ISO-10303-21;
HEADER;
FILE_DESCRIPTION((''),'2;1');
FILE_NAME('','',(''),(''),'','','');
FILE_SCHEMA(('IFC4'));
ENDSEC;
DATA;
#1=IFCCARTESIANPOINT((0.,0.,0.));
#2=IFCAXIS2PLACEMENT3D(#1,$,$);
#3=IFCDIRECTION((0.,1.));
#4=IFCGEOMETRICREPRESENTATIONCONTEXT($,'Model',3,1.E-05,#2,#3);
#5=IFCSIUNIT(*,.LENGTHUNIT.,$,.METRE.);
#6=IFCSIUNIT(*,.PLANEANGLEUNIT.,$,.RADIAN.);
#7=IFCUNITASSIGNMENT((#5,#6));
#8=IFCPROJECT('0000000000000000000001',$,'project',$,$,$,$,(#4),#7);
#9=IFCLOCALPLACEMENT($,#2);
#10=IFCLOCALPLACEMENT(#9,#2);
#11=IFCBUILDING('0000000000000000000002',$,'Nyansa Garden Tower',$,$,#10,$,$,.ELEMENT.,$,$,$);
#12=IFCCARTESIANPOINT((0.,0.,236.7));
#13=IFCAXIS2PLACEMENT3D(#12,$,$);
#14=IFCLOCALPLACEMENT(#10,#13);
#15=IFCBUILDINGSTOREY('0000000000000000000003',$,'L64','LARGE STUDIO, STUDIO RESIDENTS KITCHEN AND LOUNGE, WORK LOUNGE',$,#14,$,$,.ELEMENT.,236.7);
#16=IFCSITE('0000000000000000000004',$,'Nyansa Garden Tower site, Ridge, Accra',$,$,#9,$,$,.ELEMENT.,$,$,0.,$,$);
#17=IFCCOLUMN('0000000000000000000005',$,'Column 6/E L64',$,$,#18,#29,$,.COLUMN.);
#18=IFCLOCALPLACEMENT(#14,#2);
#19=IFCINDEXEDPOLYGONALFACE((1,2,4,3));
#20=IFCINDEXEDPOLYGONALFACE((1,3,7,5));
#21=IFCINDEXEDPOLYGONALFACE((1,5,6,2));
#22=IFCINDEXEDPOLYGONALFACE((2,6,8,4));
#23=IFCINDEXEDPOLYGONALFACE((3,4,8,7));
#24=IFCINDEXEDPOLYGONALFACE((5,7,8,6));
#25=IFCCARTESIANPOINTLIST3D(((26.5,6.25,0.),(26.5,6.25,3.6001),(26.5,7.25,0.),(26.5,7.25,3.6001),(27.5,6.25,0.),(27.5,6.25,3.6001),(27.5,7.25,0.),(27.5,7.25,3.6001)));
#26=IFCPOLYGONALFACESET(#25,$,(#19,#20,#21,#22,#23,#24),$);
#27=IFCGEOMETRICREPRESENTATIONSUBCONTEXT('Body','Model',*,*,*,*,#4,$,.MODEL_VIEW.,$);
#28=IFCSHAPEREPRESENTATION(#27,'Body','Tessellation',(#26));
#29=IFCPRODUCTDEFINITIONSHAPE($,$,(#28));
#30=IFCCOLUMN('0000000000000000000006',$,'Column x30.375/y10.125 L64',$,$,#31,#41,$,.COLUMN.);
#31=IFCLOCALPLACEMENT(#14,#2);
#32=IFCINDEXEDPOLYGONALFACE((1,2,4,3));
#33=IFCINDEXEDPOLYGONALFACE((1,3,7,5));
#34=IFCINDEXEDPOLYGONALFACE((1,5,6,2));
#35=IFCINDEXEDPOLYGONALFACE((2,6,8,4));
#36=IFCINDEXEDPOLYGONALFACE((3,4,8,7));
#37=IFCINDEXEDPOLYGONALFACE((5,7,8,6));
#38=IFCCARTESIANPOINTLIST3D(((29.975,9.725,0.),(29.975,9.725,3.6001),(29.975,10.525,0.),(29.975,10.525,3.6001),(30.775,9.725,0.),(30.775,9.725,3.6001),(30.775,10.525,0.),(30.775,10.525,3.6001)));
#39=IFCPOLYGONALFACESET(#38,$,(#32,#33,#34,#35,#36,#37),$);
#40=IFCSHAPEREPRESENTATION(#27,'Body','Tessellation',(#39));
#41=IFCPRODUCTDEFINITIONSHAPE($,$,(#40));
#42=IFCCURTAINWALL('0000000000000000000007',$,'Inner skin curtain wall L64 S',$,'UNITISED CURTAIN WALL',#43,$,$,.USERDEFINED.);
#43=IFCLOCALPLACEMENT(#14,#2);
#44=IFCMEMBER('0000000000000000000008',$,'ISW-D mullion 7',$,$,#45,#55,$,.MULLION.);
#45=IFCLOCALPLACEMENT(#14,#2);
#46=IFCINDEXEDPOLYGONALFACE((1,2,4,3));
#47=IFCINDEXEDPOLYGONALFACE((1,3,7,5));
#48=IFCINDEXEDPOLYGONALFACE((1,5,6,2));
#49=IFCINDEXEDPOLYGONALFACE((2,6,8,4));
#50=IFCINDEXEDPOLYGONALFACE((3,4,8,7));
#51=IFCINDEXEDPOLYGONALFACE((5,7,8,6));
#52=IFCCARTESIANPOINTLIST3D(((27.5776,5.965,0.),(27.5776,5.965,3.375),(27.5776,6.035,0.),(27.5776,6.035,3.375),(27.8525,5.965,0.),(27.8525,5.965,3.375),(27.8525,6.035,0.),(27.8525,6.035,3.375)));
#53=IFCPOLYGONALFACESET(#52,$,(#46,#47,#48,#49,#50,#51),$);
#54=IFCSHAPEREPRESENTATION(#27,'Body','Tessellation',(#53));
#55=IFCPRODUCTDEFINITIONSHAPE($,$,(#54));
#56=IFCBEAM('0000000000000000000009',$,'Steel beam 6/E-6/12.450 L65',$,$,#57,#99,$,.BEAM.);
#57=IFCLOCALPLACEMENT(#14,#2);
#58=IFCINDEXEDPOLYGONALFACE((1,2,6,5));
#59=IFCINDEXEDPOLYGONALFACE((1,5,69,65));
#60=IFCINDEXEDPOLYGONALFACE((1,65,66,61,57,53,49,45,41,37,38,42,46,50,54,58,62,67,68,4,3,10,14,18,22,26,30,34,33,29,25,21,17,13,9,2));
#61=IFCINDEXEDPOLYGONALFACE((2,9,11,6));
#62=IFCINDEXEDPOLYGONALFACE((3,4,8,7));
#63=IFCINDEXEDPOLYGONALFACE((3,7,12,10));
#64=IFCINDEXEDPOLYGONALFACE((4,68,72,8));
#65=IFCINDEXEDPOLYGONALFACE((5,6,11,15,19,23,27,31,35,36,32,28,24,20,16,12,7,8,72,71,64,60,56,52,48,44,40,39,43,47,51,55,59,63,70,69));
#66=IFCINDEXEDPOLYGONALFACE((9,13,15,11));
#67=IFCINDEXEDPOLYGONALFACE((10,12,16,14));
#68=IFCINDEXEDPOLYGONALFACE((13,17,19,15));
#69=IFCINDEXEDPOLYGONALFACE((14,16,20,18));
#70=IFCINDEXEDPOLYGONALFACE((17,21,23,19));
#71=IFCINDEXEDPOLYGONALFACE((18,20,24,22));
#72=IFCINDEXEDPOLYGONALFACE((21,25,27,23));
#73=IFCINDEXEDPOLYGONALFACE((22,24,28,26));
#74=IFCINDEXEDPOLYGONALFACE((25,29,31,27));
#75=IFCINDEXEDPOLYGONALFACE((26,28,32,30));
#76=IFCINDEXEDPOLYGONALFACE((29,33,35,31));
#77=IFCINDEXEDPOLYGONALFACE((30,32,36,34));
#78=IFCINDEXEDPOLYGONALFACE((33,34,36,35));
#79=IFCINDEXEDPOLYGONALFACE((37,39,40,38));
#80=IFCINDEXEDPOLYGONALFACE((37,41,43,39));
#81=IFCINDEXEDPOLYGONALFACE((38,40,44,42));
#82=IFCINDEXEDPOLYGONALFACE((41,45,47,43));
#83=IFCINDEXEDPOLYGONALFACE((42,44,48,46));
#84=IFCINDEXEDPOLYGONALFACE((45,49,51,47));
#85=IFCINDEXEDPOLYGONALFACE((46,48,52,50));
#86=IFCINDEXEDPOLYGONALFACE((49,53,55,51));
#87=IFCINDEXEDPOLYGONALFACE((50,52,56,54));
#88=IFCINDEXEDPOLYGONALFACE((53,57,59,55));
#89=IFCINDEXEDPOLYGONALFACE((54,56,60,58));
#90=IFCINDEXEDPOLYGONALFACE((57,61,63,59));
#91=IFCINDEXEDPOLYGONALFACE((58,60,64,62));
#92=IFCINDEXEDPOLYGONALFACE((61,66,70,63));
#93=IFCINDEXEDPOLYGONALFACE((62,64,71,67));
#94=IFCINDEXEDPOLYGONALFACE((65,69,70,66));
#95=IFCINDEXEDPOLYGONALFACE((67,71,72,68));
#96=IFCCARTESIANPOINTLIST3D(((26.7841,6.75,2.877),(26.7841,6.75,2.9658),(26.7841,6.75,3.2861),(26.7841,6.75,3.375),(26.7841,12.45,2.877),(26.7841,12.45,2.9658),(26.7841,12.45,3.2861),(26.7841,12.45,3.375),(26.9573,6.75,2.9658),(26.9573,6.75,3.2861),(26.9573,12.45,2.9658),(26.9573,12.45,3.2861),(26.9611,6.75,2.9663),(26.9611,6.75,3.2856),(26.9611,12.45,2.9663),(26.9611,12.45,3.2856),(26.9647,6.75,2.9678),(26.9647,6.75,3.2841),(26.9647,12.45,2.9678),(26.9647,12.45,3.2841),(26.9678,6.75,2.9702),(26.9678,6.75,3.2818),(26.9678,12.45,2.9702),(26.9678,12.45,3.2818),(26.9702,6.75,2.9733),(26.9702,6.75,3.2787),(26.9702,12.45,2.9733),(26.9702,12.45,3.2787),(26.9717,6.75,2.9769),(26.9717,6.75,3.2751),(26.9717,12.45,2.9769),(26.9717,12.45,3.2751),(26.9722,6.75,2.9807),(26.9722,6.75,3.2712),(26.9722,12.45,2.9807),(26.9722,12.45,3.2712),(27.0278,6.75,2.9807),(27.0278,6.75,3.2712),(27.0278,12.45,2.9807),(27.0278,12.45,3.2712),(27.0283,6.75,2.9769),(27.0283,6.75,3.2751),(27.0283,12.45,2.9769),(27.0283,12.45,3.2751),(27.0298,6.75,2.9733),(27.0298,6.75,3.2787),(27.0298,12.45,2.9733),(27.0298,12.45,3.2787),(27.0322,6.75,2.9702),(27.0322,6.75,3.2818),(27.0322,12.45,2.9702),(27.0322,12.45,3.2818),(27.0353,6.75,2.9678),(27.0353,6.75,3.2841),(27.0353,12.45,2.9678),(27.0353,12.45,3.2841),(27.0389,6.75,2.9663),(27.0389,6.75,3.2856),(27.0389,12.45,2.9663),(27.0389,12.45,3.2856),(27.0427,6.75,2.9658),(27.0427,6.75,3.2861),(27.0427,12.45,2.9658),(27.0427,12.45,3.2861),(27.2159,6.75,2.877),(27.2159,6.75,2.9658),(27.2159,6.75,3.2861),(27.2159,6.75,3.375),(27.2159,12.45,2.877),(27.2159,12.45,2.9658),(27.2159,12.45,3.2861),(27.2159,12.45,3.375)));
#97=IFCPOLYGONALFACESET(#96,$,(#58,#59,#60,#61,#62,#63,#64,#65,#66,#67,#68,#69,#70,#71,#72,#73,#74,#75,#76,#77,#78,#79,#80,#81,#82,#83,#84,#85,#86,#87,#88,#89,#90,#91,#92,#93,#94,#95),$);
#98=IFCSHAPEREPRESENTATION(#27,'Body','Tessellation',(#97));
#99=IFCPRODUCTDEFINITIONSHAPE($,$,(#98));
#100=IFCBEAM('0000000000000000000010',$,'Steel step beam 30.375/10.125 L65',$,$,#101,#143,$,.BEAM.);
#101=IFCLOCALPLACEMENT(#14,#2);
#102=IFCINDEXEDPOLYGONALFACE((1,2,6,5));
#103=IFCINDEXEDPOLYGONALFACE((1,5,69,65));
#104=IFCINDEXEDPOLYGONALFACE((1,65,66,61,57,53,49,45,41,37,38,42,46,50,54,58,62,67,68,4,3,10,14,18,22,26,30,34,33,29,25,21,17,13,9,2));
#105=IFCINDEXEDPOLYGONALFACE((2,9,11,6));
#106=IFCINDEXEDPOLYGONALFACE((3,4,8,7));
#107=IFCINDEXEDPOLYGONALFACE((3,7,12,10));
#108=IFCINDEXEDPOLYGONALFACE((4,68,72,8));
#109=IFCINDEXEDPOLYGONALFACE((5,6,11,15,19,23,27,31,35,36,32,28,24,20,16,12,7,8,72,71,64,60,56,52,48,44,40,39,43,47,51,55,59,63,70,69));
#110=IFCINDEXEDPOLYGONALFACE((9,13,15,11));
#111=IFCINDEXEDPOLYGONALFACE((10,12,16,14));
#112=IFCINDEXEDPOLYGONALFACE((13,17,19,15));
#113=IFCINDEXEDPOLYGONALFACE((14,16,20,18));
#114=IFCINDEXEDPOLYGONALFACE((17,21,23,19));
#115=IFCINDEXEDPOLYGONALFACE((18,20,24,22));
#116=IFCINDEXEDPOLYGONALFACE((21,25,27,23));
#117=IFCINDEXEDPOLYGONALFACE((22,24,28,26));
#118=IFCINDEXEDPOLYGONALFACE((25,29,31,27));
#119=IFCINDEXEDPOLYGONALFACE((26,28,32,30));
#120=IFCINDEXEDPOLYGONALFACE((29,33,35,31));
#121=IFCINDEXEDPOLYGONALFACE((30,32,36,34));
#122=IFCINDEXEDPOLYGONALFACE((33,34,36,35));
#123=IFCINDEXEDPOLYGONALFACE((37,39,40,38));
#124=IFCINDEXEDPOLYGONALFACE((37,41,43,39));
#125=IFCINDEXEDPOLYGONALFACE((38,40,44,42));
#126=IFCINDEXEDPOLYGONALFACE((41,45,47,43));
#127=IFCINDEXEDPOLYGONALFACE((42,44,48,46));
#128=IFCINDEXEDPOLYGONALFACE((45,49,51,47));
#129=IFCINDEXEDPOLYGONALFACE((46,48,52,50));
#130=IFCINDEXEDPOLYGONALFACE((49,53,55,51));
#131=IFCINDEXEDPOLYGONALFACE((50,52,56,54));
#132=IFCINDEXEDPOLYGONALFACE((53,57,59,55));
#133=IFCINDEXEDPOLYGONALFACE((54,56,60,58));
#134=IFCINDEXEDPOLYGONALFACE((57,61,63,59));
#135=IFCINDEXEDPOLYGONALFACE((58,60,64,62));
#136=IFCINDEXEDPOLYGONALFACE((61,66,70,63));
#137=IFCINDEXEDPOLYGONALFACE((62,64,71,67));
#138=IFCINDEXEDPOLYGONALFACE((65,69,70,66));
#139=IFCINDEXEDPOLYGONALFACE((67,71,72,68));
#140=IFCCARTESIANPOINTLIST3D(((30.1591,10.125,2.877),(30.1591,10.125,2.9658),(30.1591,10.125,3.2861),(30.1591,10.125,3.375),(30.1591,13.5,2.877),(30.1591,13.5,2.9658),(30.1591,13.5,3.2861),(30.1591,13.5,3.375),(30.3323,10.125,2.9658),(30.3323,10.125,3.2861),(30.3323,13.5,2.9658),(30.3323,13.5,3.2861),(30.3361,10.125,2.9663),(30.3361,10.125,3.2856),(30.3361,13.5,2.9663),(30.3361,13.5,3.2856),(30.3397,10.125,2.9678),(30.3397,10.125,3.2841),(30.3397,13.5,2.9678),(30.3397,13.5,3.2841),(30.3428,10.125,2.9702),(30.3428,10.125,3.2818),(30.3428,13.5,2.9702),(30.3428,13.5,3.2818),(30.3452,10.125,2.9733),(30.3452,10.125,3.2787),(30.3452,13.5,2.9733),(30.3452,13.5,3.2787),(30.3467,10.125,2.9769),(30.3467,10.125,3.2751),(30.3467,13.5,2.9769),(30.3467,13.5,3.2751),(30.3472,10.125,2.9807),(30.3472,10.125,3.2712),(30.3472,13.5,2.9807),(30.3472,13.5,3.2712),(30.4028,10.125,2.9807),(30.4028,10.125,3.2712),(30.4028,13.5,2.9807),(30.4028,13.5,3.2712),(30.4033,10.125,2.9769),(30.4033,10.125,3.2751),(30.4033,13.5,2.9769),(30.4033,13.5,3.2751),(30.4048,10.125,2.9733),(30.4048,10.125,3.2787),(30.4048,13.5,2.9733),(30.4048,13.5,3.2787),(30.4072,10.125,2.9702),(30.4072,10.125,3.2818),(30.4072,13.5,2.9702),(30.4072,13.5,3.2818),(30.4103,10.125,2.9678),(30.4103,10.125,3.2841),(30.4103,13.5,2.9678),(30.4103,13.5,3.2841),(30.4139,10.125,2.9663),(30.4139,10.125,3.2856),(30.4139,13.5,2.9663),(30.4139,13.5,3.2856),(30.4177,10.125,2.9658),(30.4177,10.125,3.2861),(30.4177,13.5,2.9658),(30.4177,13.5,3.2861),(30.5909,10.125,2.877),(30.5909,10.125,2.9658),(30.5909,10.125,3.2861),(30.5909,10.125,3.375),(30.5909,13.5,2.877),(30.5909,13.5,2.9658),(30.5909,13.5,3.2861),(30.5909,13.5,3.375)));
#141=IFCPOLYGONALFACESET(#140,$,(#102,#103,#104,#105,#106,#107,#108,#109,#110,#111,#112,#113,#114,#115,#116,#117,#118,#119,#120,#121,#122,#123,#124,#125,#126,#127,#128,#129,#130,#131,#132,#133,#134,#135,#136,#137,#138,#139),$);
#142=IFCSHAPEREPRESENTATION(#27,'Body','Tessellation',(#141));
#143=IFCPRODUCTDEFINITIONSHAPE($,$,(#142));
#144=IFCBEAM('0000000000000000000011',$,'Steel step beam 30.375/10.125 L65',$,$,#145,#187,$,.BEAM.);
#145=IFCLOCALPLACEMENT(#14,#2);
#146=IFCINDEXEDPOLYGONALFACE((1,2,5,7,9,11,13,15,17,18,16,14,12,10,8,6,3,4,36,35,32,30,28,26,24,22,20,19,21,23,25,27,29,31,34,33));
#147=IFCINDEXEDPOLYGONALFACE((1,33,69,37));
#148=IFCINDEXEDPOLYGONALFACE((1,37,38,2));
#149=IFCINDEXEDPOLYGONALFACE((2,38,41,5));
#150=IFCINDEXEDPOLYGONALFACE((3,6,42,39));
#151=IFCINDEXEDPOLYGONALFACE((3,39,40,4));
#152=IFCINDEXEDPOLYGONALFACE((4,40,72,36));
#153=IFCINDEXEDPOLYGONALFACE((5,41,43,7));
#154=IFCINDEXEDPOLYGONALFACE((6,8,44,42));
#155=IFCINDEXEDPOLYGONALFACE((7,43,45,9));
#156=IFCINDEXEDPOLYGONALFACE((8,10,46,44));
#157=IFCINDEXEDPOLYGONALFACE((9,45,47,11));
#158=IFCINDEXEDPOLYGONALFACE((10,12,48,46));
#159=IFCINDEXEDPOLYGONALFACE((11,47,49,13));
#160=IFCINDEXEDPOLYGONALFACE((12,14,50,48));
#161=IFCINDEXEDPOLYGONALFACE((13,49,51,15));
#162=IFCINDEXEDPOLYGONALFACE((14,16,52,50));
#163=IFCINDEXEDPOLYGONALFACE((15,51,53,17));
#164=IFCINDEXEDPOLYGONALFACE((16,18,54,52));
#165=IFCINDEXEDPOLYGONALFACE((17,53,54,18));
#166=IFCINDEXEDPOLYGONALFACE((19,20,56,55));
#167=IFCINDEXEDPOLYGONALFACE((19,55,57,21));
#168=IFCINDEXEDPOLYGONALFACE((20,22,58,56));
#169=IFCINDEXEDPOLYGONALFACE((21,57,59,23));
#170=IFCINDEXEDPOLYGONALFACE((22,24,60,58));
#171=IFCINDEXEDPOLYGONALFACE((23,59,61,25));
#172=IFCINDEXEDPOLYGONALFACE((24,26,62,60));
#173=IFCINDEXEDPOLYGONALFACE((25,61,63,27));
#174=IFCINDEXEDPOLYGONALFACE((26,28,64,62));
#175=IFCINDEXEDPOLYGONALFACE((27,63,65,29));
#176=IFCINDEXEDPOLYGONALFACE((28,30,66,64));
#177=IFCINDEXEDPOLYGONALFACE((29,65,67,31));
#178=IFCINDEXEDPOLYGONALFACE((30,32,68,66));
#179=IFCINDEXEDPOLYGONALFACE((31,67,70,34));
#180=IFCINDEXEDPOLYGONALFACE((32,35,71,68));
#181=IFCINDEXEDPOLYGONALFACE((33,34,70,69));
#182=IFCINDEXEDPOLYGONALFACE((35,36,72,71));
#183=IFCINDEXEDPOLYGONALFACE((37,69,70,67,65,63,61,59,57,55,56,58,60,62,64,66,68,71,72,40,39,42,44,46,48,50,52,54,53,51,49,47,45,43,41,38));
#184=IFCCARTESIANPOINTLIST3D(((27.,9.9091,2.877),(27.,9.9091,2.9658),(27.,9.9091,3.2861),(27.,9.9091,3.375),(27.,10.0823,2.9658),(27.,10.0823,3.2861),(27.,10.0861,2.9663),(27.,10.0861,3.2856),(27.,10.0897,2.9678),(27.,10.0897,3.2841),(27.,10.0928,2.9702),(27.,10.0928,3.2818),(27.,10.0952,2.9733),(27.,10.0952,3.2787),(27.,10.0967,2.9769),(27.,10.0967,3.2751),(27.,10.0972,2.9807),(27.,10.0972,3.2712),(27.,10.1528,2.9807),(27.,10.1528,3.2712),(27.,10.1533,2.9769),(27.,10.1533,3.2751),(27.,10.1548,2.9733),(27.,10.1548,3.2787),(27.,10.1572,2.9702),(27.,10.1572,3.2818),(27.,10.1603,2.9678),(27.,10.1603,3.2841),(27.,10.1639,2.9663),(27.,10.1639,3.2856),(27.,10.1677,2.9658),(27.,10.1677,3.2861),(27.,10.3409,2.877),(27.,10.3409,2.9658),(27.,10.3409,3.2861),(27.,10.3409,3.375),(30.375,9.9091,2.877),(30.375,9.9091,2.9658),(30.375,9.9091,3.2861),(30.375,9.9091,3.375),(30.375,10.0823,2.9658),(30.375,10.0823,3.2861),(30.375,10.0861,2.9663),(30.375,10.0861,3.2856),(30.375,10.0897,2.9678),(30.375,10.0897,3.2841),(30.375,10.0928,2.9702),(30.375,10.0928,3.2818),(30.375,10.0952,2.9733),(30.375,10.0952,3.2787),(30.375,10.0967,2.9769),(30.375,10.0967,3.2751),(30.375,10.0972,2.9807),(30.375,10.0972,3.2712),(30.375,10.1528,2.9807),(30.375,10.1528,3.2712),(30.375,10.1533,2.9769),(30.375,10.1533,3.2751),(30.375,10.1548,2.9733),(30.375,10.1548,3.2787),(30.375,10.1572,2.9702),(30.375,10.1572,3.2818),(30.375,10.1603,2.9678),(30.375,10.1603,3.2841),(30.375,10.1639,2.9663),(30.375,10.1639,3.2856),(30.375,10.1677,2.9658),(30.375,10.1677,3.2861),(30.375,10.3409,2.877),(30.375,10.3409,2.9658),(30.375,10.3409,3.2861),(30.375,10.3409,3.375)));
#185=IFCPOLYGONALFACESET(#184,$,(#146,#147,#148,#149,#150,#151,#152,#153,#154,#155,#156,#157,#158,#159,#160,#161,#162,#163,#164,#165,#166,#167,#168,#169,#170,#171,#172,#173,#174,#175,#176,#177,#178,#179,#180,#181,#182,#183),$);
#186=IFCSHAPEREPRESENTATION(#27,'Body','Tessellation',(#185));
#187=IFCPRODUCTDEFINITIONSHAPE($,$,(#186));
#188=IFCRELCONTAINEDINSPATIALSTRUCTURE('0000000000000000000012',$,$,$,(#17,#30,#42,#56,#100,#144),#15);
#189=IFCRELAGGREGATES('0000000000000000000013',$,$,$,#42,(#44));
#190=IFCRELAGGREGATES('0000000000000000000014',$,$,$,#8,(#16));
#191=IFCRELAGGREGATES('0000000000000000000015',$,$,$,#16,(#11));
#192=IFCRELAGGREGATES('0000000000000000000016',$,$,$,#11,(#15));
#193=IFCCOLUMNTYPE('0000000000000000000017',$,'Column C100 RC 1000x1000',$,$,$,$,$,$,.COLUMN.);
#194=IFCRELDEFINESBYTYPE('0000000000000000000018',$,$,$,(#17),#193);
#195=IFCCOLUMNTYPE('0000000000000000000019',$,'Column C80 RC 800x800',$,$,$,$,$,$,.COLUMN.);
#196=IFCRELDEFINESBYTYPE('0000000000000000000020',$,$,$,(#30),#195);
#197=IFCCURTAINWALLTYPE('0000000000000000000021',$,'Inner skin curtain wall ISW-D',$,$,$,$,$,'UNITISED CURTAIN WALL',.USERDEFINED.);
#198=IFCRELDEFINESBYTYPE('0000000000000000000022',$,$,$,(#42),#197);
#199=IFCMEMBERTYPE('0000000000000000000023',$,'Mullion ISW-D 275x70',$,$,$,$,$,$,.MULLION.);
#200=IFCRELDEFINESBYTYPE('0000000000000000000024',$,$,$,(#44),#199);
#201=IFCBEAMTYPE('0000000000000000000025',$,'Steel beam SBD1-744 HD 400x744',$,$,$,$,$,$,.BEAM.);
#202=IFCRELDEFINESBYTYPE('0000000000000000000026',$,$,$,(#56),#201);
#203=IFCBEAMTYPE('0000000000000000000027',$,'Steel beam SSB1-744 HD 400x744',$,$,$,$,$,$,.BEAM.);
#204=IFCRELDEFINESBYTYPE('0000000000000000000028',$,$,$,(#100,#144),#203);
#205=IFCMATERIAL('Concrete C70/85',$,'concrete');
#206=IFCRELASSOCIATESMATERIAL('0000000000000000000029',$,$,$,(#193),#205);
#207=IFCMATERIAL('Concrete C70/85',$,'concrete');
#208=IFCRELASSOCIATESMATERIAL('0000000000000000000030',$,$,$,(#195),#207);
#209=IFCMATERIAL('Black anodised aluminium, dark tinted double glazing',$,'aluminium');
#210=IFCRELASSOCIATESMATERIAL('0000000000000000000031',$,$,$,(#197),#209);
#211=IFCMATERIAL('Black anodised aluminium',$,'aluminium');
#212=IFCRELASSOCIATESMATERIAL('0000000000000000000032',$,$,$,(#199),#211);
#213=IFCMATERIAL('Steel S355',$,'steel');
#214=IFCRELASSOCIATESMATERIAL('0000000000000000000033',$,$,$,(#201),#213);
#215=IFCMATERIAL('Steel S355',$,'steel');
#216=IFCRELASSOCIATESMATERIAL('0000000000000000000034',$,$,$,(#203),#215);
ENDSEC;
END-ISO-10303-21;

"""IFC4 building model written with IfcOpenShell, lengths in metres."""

from ifc_helpers import new_model, si_unit, direction, frame, origin, origin_2d, place, context, subcontext, project, spatial, rectangle, i_section, extrude, material, material_profile, profile_set, type_object, element, aggregate, save


model = new_model("IFC4")

# Units and contexts
model_context = context("Model", 3, precision=1e-05, world=origin(), true_north=direction((0.0, 1.0)))
body_context = subcontext(model_context, "Body", "Model", "MODEL_VIEW")
ifc_project = project(units=[si_unit("LENGTHUNIT", "METRE"), si_unit("PLANEANGLEUNIT", "RADIAN")], contexts=[model_context])

# Site, building, storey
site_placement = place(None, origin())
site = spatial("IfcSite", under=ifc_project, at=site_placement, Name="Nyansa Garden Tower site, Ridge, Accra", CompositionType="ELEMENT", RefElevation=0.0)
building_placement = place(site_placement, origin())
building = spatial("IfcBuilding", under=site, at=building_placement, Name="Nyansa Garden Tower", CompositionType="ELEMENT")
storey_placement = place(building_placement, frame((0.0, 0.0, 236.7)))
storey = spatial("IfcBuildingStorey", under=building, at=storey_placement, Name="L64", Description="LARGE STUDIO, STUDIO RESIDENTS KITCHEN AND LOUNGE, WORK LOUNGE", CompositionType="ELEMENT", Elevation=236.7)

# Columns
ifc_material_1 = material(Name="Concrete C70/85", Category="concrete")
ifc_material_profile_1 = material_profile(ifc_material_1, rectangle(XDim=1.0, YDim=1.0, at=origin_2d()), Name="RC 1000x1000")
ifc_profile_set_1 = profile_set([ifc_material_profile_1], Name="Concrete C70/85")
column_type_1 = type_object("IfcColumnType", Name="Column C100 RC 1000x1000", PredefinedType="COLUMN", material=ifc_profile_set_1)
column_1_placement = place(storey_placement, frame((27.0, 6.75, 0.0), z_axis=(0.0, 0.0, 1.0), x_axis=(1.0, 0.0, 0.0)))
element("IfcColumn", 1, at=column_1_placement, inside=storey, type_object=column_type_1, Name="Column 6/E L64", PredefinedType="COLUMN", context=body_context, shape_type="SweptSolid", body=[
    extrude(rectangle(XDim=1.0, YDim=1.0, at=origin_2d()), origin(), (0.0, 0.0, 1.0), 3.6001),
])
ifc_material_2 = material(Name="Concrete C70/85", Category="concrete")
ifc_material_profile_2 = material_profile(ifc_material_2, rectangle(XDim=0.8, YDim=0.8, at=origin_2d()), Name="RC 800x800")
ifc_profile_set_2 = profile_set([ifc_material_profile_2], Name="Concrete C70/85")
column_type_2 = type_object("IfcColumnType", Name="Column C80 RC 800x800", PredefinedType="COLUMN", material=ifc_profile_set_2)
column_2_placement = place(storey_placement, frame((30.375, 10.125, 0.0), z_axis=(0.0, 0.0, 1.0), x_axis=(1.0, 0.0, 0.0)))
element("IfcColumn", 2, at=column_2_placement, inside=storey, type_object=column_type_2, Name="Column x30.375/y10.125 L64", PredefinedType="COLUMN", context=body_context, shape_type="SweptSolid", body=[
    extrude(rectangle(XDim=0.8, YDim=0.8, at=origin_2d()), origin(), (0.0, 0.0, 1.0), 3.6001),
])

# Curtain wall, member
ifc_material_3 = material(Name="Black anodised aluminium, dark tinted double glazing", Category="aluminium")
curtain_wall_type = type_object("IfcCurtainWallType", Name="Inner skin curtain wall ISW-D", ElementType="UNITISED CURTAIN WALL", PredefinedType="USERDEFINED", material=ifc_material_3)
curtain_wall_placement = place(storey_placement, origin())
curtain_wall = element("IfcCurtainWall", 3, at=curtain_wall_placement, inside=storey, type_object=curtain_wall_type, Name="Inner skin curtain wall L64 S", ObjectType="UNITISED CURTAIN WALL", PredefinedType="USERDEFINED")
ifc_material_4 = material(Name="Black anodised aluminium", Category="aluminium")
ifc_material_profile_3 = material_profile(ifc_material_4, rectangle(XDim=0.0701, YDim=0.2749, at=origin_2d()), Name="Mullion 275x70")
ifc_profile_set_3 = profile_set([ifc_material_profile_3], Name="Black anodised aluminium")
member_type = type_object("IfcMemberType", Name="Mullion ISW-D 275x70", PredefinedType="MULLION", material=ifc_profile_set_3)
member_placement = place(storey_placement, frame((27.7151, 6.0, 0.0), z_axis=(0.0, 0.0, 1.0), x_axis=(0.0, 1.0, 0.0)))
member = element("IfcMember", 4, at=member_placement, type_object=member_type, Name="ISW-D mullion 7", PredefinedType="MULLION", context=body_context, shape_type="SweptSolid", body=[
    extrude(rectangle(XDim=0.0701, YDim=0.2749, at=origin_2d()), origin(), (0.0, 0.0, 1.0), 3.375),
])

# Beams
ifc_material_5 = material(Name="Steel S355", Category="steel")
ifc_material_profile_4 = material_profile(ifc_material_5, i_section(OverallWidth=0.4319, OverallDepth=0.498, WebThickness=0.0557, FlangeThickness=0.0889, FilletRadius=0.0149, at=origin_2d()), Name="HD 400x744")
ifc_profile_set_4 = profile_set([ifc_material_profile_4], Name="Steel S355")
beam_type_1 = type_object("IfcBeamType", Name="Steel beam SBD1-744 HD 400x744", PredefinedType="BEAM", material=ifc_profile_set_4)
beam_placement = place(storey_placement, frame((27.0, 6.75, 3.126), z_axis=(0.0, 1.0, 0.0), x_axis=(-1.0, 0.0, 0.0)))
element("IfcBeam", 5, at=beam_placement, inside=storey, type_object=beam_type_1, Name="Steel beam 6/E-6/12.450 L65", PredefinedType="BEAM", context=body_context, shape_type="SweptSolid", body=[
    extrude(i_section(OverallWidth=0.4319, OverallDepth=0.498, WebThickness=0.0557, FlangeThickness=0.0889, FilletRadius=0.0149, at=origin_2d()), origin(), (0.0, 0.0, 1.0), 5.7),
])
ifc_material_6 = material(Name="Steel S355", Category="steel")
ifc_material_profile_5 = material_profile(ifc_material_6, i_section(OverallWidth=0.4319, OverallDepth=0.498, WebThickness=0.0557, FlangeThickness=0.0889, FilletRadius=0.0149, at=origin_2d()), Name="HD 400x744")
ifc_profile_set_5 = profile_set([ifc_material_profile_5], Name="Steel S355")
beam_type_2 = type_object("IfcBeamType", Name="Steel beam SSB1-744 HD 400x744", PredefinedType="BEAM", material=ifc_profile_set_5)
for number, where, z_axis, x_axis, name in (
    (6, (30.375, 10.125, 3.126), (0.0, 1.0, 0.0), (-1.0, 0.0, 0.0), "Steel step beam 30.375/10.125 L65"),
    (7, (30.375, 10.125, 3.126), (-1.0, 0.0, 0.0), (0.0, -1.0, 0.0), "Steel step beam 30.375/10.125 L65"),
):
    element("IfcBeam", number, at=place(storey_placement, frame(where, z_axis=z_axis, x_axis=x_axis)), inside=storey, type_object=beam_type_2, Name=name, PredefinedType="BEAM", context=body_context, shape_type="SweptSolid", body=[
        extrude(i_section(OverallWidth=0.4319, OverallDepth=0.498, WebThickness=0.0557, FlangeThickness=0.0889, FilletRadius=0.0149, at=origin_2d()), origin(), (0.0, 0.0, 1.0), 3.375),
    ])

aggregate(curtain_wall, [member])

save(model, "model.ifc")
